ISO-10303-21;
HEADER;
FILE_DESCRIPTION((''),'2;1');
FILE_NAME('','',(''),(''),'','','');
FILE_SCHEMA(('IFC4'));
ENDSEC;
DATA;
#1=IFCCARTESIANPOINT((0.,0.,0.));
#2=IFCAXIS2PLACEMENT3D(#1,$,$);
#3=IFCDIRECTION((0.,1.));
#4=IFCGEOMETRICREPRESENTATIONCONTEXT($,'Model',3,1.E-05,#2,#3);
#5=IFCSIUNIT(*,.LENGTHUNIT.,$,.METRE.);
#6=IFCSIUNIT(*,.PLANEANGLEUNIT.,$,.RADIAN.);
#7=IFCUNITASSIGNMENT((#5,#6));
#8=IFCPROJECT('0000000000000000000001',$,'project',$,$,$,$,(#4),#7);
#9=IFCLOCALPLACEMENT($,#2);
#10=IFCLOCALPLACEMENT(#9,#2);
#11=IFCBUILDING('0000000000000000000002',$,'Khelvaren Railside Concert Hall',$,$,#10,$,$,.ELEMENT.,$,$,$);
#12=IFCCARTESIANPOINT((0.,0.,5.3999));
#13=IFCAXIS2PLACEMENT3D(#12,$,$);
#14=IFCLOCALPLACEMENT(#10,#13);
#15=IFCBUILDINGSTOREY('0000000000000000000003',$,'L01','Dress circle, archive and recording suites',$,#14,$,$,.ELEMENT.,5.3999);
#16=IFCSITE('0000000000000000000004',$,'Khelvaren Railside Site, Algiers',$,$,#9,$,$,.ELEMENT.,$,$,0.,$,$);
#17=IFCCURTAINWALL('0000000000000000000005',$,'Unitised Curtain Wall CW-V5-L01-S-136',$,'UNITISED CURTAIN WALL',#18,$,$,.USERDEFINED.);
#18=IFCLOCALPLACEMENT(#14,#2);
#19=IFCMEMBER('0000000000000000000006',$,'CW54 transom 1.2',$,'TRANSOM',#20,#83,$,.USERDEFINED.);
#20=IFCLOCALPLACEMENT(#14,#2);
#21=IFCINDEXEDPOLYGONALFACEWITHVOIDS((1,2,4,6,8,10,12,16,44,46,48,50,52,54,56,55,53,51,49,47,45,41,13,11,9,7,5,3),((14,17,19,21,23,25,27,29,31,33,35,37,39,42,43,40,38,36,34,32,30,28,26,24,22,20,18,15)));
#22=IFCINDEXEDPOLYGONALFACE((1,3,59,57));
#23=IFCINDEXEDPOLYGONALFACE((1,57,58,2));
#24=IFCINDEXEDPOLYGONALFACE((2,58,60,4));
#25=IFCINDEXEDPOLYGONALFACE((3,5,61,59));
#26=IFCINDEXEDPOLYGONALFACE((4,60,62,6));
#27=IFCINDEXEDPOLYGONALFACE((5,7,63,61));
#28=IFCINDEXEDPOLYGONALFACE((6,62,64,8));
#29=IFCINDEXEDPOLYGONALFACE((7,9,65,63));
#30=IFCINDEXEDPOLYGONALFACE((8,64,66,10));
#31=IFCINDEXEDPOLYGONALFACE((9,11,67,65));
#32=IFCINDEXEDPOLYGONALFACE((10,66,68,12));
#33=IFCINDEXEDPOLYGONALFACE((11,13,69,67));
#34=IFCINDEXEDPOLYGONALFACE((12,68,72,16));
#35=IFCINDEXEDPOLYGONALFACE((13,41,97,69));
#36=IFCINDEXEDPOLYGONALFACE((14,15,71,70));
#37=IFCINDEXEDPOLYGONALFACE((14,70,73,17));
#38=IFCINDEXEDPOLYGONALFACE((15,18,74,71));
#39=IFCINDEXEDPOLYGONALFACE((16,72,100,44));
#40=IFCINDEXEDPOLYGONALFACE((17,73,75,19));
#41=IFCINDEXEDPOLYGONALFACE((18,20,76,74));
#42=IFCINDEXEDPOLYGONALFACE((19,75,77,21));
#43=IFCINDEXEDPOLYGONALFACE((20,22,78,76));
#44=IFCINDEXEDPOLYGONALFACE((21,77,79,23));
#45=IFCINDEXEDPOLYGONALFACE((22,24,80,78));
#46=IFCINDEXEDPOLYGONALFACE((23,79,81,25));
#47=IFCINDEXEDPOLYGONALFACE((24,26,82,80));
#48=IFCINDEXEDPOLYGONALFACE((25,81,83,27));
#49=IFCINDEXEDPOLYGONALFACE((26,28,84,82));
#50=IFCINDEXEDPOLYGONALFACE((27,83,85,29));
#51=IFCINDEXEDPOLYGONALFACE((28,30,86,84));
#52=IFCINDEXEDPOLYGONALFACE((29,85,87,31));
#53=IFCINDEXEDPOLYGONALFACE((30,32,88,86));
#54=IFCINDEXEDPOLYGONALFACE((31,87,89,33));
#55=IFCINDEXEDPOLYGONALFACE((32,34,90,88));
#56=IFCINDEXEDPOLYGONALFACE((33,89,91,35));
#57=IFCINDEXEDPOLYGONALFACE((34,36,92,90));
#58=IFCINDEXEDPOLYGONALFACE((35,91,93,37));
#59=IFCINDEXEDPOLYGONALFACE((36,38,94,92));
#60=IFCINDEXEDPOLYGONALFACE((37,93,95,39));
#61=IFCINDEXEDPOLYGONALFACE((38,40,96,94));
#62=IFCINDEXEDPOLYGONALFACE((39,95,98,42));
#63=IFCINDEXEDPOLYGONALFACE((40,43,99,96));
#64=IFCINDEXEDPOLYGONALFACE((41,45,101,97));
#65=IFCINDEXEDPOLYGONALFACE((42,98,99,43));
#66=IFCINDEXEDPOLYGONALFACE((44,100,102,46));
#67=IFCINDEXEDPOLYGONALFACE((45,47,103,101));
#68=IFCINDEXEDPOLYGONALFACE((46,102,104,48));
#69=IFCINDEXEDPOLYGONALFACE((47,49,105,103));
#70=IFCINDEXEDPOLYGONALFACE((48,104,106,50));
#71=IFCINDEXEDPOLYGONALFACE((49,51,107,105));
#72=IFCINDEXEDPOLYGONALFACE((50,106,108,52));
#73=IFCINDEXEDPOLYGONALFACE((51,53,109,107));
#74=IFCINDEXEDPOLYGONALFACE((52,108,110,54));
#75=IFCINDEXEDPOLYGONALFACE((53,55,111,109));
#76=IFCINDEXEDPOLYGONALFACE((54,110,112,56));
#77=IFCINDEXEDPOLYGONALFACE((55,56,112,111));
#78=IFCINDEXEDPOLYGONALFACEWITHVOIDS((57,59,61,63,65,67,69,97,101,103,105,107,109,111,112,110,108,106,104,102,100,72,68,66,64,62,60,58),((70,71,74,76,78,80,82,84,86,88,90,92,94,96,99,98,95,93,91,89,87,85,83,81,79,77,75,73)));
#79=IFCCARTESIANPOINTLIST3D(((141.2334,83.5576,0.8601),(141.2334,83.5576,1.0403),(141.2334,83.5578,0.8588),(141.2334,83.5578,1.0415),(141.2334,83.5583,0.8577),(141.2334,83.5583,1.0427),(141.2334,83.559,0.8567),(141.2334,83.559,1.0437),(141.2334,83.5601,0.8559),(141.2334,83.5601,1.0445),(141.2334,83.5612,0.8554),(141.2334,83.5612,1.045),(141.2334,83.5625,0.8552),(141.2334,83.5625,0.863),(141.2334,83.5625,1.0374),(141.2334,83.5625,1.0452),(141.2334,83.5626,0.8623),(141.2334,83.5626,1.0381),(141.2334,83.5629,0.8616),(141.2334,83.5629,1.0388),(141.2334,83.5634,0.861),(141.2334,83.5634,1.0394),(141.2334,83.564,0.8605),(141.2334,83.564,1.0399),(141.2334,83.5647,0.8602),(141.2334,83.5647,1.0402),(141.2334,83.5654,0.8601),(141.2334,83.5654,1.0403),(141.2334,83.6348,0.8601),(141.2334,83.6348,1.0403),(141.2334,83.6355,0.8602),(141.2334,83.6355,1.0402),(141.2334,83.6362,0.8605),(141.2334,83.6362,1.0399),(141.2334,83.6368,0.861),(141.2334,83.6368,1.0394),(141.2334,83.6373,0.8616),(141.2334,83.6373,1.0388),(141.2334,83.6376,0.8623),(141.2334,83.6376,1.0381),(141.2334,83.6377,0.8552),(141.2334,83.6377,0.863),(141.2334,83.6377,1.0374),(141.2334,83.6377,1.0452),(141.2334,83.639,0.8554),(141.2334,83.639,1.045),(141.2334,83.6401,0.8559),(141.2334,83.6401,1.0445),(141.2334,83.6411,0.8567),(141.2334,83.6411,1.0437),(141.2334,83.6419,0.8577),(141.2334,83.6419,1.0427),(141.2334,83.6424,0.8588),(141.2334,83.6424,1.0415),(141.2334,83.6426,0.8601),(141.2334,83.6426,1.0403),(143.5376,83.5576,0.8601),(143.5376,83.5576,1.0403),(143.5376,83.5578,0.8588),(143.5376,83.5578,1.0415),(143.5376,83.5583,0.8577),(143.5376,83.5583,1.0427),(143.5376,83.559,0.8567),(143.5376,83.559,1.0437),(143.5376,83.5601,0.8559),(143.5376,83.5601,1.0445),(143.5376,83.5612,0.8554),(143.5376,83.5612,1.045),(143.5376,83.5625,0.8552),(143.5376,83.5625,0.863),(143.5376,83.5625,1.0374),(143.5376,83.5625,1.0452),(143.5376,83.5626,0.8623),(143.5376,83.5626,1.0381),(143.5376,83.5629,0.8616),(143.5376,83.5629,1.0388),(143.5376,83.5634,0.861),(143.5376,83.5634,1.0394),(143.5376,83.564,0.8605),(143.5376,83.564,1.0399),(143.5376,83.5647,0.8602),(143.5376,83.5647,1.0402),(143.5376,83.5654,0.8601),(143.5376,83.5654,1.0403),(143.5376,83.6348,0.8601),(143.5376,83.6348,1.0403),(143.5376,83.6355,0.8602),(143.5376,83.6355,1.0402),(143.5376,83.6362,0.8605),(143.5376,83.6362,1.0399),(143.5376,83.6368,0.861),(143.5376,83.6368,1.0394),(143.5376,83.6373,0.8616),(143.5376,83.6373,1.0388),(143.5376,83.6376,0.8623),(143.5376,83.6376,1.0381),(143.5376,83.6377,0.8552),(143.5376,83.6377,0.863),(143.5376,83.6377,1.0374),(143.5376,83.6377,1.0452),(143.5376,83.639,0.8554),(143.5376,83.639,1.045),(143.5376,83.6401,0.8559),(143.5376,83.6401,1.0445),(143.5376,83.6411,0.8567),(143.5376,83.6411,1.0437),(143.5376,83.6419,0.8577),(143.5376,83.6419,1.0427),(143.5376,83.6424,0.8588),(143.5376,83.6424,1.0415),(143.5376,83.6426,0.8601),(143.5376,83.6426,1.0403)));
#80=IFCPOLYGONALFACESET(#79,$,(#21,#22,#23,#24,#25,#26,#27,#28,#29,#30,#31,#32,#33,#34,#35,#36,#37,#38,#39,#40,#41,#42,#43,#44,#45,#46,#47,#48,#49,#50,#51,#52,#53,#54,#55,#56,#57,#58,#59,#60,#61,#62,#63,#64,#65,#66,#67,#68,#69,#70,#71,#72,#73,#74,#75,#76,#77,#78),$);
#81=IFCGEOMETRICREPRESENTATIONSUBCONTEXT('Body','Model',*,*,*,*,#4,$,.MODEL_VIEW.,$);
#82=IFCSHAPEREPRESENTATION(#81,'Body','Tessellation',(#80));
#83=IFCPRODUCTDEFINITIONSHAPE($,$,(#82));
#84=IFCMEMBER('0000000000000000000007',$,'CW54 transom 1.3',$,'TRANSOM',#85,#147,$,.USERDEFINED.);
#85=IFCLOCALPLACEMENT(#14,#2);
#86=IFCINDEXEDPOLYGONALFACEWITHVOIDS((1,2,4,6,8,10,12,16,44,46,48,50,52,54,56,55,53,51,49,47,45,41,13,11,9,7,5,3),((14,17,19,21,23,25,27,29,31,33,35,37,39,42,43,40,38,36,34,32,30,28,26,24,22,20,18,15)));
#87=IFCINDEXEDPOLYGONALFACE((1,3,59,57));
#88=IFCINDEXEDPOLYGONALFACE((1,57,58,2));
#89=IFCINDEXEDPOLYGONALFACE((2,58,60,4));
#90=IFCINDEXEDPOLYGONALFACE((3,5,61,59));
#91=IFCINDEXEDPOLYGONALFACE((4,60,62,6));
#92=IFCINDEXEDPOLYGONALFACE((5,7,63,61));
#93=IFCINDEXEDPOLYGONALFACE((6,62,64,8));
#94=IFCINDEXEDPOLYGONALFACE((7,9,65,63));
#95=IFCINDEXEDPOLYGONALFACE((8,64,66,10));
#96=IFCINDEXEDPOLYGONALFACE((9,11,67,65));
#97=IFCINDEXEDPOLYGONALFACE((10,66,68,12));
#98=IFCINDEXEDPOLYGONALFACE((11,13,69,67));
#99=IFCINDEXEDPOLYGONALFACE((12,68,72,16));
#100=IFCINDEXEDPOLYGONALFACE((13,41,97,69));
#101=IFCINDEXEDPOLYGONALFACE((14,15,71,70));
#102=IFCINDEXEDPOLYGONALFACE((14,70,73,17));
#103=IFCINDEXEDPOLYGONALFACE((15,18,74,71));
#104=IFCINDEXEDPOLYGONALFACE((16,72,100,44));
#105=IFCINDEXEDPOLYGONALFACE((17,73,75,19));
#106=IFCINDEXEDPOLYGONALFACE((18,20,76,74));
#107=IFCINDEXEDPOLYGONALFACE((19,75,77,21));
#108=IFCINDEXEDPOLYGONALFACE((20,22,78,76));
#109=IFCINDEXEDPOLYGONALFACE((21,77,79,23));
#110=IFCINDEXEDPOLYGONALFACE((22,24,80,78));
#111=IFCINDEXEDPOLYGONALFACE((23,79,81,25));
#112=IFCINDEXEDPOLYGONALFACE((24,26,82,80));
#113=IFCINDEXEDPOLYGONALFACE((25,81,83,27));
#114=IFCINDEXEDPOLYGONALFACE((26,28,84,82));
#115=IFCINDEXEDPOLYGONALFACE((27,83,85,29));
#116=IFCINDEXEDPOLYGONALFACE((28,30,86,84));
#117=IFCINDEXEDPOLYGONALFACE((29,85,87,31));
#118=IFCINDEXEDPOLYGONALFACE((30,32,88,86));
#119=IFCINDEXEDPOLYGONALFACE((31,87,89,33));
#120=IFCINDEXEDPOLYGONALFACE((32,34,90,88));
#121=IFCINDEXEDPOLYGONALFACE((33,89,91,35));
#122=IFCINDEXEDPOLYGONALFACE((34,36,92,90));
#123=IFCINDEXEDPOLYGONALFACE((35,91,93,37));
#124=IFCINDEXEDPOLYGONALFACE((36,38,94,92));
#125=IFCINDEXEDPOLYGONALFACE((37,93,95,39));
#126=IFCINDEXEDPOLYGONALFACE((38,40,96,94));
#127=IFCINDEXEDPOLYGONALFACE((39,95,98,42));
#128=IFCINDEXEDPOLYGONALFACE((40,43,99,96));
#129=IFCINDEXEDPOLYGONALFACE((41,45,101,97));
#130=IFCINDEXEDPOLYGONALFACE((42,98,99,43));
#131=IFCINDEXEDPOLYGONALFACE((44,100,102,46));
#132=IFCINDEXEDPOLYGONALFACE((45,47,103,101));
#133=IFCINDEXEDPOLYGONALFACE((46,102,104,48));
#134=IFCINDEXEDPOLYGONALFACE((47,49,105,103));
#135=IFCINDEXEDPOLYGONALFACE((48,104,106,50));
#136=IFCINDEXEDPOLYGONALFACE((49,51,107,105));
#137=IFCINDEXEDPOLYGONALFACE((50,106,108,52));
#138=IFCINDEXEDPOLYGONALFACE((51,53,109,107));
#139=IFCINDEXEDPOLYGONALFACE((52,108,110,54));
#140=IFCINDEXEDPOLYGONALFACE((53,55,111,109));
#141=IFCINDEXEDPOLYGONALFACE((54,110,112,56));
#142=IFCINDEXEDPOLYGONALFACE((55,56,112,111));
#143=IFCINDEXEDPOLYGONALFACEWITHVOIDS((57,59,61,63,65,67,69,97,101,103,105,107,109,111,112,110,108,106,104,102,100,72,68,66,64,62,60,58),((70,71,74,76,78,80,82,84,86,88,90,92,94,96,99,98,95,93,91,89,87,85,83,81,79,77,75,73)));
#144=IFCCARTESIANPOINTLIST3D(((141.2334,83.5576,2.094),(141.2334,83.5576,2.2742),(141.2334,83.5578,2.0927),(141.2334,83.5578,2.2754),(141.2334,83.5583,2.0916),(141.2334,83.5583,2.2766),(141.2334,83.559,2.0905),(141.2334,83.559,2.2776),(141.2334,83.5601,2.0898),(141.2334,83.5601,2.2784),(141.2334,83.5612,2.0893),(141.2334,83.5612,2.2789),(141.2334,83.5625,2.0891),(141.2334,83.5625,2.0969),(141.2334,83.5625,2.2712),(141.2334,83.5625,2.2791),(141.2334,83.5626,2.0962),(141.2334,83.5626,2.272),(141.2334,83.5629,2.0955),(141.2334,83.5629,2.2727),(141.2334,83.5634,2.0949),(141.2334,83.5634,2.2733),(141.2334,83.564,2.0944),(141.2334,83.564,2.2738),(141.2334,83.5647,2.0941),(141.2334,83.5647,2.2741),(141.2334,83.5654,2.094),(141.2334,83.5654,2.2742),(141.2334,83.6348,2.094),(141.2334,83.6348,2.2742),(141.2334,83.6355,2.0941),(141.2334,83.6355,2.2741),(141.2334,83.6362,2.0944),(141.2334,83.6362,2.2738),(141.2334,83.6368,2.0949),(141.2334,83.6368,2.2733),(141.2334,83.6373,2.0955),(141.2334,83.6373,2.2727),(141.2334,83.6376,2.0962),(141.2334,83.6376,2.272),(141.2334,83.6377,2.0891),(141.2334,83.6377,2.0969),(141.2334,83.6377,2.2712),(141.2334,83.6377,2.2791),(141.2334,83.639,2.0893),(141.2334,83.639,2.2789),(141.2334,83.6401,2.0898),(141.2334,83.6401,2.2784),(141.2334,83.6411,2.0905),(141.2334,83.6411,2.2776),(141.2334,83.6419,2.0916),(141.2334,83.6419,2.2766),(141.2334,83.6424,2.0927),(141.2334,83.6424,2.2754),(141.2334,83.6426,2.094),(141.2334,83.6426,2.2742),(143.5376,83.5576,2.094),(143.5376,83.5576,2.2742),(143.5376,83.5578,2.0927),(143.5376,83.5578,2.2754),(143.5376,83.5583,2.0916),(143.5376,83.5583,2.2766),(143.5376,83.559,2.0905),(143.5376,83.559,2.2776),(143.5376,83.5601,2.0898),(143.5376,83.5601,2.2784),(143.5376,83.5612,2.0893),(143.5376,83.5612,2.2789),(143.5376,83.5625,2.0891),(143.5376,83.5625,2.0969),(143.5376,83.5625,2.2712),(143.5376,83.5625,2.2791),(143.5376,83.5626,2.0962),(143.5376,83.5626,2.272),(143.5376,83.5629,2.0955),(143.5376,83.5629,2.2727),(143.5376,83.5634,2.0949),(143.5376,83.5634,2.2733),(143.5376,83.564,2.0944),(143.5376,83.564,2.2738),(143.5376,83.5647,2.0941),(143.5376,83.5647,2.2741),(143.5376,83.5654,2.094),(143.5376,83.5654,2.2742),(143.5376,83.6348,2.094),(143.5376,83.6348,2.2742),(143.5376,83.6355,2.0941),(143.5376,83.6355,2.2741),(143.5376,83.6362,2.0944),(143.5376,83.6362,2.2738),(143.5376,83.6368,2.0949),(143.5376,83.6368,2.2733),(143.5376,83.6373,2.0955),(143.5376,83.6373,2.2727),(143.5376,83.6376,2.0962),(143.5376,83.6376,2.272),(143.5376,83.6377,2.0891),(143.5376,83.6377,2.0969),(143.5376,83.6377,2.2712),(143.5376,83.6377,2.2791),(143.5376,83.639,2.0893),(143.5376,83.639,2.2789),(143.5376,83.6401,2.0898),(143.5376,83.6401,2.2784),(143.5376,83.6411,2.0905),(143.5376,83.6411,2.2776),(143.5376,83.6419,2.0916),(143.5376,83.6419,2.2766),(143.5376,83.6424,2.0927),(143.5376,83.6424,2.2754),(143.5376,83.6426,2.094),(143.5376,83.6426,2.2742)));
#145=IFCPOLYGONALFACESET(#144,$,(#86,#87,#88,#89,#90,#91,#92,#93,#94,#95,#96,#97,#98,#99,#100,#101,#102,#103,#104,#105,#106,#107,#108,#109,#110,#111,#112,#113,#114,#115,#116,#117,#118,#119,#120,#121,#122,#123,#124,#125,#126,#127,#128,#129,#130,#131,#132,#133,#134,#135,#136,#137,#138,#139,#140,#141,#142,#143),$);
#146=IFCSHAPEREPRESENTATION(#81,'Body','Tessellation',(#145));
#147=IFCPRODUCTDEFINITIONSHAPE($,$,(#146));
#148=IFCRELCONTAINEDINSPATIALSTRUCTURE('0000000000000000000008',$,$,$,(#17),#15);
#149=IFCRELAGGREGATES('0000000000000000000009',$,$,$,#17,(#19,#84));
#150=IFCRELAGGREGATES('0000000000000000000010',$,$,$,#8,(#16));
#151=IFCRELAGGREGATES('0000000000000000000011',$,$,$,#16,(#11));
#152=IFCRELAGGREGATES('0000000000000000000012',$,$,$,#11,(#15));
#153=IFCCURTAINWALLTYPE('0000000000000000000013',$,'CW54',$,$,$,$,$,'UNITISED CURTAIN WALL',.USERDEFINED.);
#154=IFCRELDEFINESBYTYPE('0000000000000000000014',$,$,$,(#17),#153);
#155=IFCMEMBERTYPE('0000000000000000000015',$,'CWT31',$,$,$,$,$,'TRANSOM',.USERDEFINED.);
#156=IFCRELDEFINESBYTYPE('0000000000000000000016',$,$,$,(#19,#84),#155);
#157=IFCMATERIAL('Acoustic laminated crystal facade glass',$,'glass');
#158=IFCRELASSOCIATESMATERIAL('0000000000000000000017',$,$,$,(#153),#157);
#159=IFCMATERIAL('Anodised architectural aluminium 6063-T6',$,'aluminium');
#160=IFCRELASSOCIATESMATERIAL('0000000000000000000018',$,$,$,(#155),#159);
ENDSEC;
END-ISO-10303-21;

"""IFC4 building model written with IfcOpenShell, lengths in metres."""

from ifc_helpers import new_model, si_unit, direction, frame, origin, origin_2d, place, context, subcontext, project, spatial, hollow_rectangle, extrude, material, material_profile, profile_set, type_object, element, aggregate, save


model = new_model("IFC4")

# Units and contexts
model_context = context("Model", 3, precision=1e-05, world=origin(), true_north=direction((0.0, 1.0)))
body_context = subcontext(model_context, "Body", "Model", "MODEL_VIEW")
ifc_project = project(units=[si_unit("LENGTHUNIT", "METRE"), si_unit("PLANEANGLEUNIT", "RADIAN")], contexts=[model_context])

# Site, building, storey
site_placement = place(None, origin())
site = spatial("IfcSite", under=ifc_project, at=site_placement, Name="Khelvaren Railside Site, Algiers", CompositionType="ELEMENT", RefElevation=0.0)
building_placement = place(site_placement, origin())
building = spatial("IfcBuilding", under=site, at=building_placement, Name="Khelvaren Railside Concert Hall", CompositionType="ELEMENT")
storey_placement = place(building_placement, frame((0.0, 0.0, 5.3999)))
storey = spatial("IfcBuildingStorey", under=building, at=storey_placement, Name="L01", Description="Dress circle, archive and recording suites", CompositionType="ELEMENT", Elevation=5.3999)

# Curtain wall
ifc_material_1 = material(Name="Acoustic laminated crystal facade glass", Category="glass")
curtain_wall_type_1 = type_object("IfcCurtainWallType", Name="CW54", ElementType="UNITISED CURTAIN WALL", PredefinedType="USERDEFINED", material=ifc_material_1)
curtain_wall_1_placement = place(storey_placement, origin())
curtain_wall_1 = element("IfcCurtainWall", 1, at=curtain_wall_1_placement, inside=storey, type_object=curtain_wall_type_1, Name="Unitised Curtain Wall CW-V5-L01-S-136", ObjectType="UNITISED CURTAIN WALL", PredefinedType="USERDEFINED")
ifc_material_2 = material(Name="Anodised architectural aluminium 6063-T6", Category="aluminium")

# Members
ifc_material_profile_1 = material_profile(ifc_material_2, hollow_rectangle(XDim=0.085, YDim=0.1899, WallThickness=0.0049, InnerFilletRadius=0.0029, OuterFilletRadius=0.0049, at=origin_2d()), Name="CWT 85x190x5")
ifc_profile_set_1 = profile_set([ifc_material_profile_1], Name="Anodised architectural aluminium 6063-T6")
member_type_1 = type_object("IfcMemberType", Name="CWT31", ElementType="TRANSOM", PredefinedType="USERDEFINED", material=ifc_profile_set_1)
member_1_placement = place(storey_placement, frame((143.5376, 83.6001, 0.9502), z_axis=(-1.0, 0.0, 0.0), x_axis=(0.0, -1.0, 0.0)))
member_1 = element("IfcMember", 2, at=member_1_placement, type_object=member_type_1, Name="CW54 transom 1.2", ObjectType="TRANSOM", PredefinedType="USERDEFINED", context=body_context, shape_type="SweptSolid", body=[
    extrude(hollow_rectangle(XDim=0.085, YDim=0.1899, WallThickness=0.0049, InnerFilletRadius=0.0029, OuterFilletRadius=0.0049, at=origin_2d()), origin(), (0.0, 0.0, 1.0), 2.3042),
])
member_2_placement = place(storey_placement, frame((143.5376, 83.6001, 2.1841), z_axis=(-1.0, 0.0, 0.0), x_axis=(0.0, -1.0, 0.0)))
member_2 = element("IfcMember", 3, at=member_2_placement, type_object=member_type_1, Name="CW54 transom 1.3", ObjectType="TRANSOM", PredefinedType="USERDEFINED", context=body_context, shape_type="SweptSolid", body=[
    extrude(hollow_rectangle(XDim=0.085, YDim=0.1899, WallThickness=0.0049, InnerFilletRadius=0.0029, OuterFilletRadius=0.0049, at=origin_2d()), origin(), (0.0, 0.0, 1.0), 2.3042),
])
aggregate(curtain_wall_1, [member_1, member_2])

save(model, "model.ifc")
